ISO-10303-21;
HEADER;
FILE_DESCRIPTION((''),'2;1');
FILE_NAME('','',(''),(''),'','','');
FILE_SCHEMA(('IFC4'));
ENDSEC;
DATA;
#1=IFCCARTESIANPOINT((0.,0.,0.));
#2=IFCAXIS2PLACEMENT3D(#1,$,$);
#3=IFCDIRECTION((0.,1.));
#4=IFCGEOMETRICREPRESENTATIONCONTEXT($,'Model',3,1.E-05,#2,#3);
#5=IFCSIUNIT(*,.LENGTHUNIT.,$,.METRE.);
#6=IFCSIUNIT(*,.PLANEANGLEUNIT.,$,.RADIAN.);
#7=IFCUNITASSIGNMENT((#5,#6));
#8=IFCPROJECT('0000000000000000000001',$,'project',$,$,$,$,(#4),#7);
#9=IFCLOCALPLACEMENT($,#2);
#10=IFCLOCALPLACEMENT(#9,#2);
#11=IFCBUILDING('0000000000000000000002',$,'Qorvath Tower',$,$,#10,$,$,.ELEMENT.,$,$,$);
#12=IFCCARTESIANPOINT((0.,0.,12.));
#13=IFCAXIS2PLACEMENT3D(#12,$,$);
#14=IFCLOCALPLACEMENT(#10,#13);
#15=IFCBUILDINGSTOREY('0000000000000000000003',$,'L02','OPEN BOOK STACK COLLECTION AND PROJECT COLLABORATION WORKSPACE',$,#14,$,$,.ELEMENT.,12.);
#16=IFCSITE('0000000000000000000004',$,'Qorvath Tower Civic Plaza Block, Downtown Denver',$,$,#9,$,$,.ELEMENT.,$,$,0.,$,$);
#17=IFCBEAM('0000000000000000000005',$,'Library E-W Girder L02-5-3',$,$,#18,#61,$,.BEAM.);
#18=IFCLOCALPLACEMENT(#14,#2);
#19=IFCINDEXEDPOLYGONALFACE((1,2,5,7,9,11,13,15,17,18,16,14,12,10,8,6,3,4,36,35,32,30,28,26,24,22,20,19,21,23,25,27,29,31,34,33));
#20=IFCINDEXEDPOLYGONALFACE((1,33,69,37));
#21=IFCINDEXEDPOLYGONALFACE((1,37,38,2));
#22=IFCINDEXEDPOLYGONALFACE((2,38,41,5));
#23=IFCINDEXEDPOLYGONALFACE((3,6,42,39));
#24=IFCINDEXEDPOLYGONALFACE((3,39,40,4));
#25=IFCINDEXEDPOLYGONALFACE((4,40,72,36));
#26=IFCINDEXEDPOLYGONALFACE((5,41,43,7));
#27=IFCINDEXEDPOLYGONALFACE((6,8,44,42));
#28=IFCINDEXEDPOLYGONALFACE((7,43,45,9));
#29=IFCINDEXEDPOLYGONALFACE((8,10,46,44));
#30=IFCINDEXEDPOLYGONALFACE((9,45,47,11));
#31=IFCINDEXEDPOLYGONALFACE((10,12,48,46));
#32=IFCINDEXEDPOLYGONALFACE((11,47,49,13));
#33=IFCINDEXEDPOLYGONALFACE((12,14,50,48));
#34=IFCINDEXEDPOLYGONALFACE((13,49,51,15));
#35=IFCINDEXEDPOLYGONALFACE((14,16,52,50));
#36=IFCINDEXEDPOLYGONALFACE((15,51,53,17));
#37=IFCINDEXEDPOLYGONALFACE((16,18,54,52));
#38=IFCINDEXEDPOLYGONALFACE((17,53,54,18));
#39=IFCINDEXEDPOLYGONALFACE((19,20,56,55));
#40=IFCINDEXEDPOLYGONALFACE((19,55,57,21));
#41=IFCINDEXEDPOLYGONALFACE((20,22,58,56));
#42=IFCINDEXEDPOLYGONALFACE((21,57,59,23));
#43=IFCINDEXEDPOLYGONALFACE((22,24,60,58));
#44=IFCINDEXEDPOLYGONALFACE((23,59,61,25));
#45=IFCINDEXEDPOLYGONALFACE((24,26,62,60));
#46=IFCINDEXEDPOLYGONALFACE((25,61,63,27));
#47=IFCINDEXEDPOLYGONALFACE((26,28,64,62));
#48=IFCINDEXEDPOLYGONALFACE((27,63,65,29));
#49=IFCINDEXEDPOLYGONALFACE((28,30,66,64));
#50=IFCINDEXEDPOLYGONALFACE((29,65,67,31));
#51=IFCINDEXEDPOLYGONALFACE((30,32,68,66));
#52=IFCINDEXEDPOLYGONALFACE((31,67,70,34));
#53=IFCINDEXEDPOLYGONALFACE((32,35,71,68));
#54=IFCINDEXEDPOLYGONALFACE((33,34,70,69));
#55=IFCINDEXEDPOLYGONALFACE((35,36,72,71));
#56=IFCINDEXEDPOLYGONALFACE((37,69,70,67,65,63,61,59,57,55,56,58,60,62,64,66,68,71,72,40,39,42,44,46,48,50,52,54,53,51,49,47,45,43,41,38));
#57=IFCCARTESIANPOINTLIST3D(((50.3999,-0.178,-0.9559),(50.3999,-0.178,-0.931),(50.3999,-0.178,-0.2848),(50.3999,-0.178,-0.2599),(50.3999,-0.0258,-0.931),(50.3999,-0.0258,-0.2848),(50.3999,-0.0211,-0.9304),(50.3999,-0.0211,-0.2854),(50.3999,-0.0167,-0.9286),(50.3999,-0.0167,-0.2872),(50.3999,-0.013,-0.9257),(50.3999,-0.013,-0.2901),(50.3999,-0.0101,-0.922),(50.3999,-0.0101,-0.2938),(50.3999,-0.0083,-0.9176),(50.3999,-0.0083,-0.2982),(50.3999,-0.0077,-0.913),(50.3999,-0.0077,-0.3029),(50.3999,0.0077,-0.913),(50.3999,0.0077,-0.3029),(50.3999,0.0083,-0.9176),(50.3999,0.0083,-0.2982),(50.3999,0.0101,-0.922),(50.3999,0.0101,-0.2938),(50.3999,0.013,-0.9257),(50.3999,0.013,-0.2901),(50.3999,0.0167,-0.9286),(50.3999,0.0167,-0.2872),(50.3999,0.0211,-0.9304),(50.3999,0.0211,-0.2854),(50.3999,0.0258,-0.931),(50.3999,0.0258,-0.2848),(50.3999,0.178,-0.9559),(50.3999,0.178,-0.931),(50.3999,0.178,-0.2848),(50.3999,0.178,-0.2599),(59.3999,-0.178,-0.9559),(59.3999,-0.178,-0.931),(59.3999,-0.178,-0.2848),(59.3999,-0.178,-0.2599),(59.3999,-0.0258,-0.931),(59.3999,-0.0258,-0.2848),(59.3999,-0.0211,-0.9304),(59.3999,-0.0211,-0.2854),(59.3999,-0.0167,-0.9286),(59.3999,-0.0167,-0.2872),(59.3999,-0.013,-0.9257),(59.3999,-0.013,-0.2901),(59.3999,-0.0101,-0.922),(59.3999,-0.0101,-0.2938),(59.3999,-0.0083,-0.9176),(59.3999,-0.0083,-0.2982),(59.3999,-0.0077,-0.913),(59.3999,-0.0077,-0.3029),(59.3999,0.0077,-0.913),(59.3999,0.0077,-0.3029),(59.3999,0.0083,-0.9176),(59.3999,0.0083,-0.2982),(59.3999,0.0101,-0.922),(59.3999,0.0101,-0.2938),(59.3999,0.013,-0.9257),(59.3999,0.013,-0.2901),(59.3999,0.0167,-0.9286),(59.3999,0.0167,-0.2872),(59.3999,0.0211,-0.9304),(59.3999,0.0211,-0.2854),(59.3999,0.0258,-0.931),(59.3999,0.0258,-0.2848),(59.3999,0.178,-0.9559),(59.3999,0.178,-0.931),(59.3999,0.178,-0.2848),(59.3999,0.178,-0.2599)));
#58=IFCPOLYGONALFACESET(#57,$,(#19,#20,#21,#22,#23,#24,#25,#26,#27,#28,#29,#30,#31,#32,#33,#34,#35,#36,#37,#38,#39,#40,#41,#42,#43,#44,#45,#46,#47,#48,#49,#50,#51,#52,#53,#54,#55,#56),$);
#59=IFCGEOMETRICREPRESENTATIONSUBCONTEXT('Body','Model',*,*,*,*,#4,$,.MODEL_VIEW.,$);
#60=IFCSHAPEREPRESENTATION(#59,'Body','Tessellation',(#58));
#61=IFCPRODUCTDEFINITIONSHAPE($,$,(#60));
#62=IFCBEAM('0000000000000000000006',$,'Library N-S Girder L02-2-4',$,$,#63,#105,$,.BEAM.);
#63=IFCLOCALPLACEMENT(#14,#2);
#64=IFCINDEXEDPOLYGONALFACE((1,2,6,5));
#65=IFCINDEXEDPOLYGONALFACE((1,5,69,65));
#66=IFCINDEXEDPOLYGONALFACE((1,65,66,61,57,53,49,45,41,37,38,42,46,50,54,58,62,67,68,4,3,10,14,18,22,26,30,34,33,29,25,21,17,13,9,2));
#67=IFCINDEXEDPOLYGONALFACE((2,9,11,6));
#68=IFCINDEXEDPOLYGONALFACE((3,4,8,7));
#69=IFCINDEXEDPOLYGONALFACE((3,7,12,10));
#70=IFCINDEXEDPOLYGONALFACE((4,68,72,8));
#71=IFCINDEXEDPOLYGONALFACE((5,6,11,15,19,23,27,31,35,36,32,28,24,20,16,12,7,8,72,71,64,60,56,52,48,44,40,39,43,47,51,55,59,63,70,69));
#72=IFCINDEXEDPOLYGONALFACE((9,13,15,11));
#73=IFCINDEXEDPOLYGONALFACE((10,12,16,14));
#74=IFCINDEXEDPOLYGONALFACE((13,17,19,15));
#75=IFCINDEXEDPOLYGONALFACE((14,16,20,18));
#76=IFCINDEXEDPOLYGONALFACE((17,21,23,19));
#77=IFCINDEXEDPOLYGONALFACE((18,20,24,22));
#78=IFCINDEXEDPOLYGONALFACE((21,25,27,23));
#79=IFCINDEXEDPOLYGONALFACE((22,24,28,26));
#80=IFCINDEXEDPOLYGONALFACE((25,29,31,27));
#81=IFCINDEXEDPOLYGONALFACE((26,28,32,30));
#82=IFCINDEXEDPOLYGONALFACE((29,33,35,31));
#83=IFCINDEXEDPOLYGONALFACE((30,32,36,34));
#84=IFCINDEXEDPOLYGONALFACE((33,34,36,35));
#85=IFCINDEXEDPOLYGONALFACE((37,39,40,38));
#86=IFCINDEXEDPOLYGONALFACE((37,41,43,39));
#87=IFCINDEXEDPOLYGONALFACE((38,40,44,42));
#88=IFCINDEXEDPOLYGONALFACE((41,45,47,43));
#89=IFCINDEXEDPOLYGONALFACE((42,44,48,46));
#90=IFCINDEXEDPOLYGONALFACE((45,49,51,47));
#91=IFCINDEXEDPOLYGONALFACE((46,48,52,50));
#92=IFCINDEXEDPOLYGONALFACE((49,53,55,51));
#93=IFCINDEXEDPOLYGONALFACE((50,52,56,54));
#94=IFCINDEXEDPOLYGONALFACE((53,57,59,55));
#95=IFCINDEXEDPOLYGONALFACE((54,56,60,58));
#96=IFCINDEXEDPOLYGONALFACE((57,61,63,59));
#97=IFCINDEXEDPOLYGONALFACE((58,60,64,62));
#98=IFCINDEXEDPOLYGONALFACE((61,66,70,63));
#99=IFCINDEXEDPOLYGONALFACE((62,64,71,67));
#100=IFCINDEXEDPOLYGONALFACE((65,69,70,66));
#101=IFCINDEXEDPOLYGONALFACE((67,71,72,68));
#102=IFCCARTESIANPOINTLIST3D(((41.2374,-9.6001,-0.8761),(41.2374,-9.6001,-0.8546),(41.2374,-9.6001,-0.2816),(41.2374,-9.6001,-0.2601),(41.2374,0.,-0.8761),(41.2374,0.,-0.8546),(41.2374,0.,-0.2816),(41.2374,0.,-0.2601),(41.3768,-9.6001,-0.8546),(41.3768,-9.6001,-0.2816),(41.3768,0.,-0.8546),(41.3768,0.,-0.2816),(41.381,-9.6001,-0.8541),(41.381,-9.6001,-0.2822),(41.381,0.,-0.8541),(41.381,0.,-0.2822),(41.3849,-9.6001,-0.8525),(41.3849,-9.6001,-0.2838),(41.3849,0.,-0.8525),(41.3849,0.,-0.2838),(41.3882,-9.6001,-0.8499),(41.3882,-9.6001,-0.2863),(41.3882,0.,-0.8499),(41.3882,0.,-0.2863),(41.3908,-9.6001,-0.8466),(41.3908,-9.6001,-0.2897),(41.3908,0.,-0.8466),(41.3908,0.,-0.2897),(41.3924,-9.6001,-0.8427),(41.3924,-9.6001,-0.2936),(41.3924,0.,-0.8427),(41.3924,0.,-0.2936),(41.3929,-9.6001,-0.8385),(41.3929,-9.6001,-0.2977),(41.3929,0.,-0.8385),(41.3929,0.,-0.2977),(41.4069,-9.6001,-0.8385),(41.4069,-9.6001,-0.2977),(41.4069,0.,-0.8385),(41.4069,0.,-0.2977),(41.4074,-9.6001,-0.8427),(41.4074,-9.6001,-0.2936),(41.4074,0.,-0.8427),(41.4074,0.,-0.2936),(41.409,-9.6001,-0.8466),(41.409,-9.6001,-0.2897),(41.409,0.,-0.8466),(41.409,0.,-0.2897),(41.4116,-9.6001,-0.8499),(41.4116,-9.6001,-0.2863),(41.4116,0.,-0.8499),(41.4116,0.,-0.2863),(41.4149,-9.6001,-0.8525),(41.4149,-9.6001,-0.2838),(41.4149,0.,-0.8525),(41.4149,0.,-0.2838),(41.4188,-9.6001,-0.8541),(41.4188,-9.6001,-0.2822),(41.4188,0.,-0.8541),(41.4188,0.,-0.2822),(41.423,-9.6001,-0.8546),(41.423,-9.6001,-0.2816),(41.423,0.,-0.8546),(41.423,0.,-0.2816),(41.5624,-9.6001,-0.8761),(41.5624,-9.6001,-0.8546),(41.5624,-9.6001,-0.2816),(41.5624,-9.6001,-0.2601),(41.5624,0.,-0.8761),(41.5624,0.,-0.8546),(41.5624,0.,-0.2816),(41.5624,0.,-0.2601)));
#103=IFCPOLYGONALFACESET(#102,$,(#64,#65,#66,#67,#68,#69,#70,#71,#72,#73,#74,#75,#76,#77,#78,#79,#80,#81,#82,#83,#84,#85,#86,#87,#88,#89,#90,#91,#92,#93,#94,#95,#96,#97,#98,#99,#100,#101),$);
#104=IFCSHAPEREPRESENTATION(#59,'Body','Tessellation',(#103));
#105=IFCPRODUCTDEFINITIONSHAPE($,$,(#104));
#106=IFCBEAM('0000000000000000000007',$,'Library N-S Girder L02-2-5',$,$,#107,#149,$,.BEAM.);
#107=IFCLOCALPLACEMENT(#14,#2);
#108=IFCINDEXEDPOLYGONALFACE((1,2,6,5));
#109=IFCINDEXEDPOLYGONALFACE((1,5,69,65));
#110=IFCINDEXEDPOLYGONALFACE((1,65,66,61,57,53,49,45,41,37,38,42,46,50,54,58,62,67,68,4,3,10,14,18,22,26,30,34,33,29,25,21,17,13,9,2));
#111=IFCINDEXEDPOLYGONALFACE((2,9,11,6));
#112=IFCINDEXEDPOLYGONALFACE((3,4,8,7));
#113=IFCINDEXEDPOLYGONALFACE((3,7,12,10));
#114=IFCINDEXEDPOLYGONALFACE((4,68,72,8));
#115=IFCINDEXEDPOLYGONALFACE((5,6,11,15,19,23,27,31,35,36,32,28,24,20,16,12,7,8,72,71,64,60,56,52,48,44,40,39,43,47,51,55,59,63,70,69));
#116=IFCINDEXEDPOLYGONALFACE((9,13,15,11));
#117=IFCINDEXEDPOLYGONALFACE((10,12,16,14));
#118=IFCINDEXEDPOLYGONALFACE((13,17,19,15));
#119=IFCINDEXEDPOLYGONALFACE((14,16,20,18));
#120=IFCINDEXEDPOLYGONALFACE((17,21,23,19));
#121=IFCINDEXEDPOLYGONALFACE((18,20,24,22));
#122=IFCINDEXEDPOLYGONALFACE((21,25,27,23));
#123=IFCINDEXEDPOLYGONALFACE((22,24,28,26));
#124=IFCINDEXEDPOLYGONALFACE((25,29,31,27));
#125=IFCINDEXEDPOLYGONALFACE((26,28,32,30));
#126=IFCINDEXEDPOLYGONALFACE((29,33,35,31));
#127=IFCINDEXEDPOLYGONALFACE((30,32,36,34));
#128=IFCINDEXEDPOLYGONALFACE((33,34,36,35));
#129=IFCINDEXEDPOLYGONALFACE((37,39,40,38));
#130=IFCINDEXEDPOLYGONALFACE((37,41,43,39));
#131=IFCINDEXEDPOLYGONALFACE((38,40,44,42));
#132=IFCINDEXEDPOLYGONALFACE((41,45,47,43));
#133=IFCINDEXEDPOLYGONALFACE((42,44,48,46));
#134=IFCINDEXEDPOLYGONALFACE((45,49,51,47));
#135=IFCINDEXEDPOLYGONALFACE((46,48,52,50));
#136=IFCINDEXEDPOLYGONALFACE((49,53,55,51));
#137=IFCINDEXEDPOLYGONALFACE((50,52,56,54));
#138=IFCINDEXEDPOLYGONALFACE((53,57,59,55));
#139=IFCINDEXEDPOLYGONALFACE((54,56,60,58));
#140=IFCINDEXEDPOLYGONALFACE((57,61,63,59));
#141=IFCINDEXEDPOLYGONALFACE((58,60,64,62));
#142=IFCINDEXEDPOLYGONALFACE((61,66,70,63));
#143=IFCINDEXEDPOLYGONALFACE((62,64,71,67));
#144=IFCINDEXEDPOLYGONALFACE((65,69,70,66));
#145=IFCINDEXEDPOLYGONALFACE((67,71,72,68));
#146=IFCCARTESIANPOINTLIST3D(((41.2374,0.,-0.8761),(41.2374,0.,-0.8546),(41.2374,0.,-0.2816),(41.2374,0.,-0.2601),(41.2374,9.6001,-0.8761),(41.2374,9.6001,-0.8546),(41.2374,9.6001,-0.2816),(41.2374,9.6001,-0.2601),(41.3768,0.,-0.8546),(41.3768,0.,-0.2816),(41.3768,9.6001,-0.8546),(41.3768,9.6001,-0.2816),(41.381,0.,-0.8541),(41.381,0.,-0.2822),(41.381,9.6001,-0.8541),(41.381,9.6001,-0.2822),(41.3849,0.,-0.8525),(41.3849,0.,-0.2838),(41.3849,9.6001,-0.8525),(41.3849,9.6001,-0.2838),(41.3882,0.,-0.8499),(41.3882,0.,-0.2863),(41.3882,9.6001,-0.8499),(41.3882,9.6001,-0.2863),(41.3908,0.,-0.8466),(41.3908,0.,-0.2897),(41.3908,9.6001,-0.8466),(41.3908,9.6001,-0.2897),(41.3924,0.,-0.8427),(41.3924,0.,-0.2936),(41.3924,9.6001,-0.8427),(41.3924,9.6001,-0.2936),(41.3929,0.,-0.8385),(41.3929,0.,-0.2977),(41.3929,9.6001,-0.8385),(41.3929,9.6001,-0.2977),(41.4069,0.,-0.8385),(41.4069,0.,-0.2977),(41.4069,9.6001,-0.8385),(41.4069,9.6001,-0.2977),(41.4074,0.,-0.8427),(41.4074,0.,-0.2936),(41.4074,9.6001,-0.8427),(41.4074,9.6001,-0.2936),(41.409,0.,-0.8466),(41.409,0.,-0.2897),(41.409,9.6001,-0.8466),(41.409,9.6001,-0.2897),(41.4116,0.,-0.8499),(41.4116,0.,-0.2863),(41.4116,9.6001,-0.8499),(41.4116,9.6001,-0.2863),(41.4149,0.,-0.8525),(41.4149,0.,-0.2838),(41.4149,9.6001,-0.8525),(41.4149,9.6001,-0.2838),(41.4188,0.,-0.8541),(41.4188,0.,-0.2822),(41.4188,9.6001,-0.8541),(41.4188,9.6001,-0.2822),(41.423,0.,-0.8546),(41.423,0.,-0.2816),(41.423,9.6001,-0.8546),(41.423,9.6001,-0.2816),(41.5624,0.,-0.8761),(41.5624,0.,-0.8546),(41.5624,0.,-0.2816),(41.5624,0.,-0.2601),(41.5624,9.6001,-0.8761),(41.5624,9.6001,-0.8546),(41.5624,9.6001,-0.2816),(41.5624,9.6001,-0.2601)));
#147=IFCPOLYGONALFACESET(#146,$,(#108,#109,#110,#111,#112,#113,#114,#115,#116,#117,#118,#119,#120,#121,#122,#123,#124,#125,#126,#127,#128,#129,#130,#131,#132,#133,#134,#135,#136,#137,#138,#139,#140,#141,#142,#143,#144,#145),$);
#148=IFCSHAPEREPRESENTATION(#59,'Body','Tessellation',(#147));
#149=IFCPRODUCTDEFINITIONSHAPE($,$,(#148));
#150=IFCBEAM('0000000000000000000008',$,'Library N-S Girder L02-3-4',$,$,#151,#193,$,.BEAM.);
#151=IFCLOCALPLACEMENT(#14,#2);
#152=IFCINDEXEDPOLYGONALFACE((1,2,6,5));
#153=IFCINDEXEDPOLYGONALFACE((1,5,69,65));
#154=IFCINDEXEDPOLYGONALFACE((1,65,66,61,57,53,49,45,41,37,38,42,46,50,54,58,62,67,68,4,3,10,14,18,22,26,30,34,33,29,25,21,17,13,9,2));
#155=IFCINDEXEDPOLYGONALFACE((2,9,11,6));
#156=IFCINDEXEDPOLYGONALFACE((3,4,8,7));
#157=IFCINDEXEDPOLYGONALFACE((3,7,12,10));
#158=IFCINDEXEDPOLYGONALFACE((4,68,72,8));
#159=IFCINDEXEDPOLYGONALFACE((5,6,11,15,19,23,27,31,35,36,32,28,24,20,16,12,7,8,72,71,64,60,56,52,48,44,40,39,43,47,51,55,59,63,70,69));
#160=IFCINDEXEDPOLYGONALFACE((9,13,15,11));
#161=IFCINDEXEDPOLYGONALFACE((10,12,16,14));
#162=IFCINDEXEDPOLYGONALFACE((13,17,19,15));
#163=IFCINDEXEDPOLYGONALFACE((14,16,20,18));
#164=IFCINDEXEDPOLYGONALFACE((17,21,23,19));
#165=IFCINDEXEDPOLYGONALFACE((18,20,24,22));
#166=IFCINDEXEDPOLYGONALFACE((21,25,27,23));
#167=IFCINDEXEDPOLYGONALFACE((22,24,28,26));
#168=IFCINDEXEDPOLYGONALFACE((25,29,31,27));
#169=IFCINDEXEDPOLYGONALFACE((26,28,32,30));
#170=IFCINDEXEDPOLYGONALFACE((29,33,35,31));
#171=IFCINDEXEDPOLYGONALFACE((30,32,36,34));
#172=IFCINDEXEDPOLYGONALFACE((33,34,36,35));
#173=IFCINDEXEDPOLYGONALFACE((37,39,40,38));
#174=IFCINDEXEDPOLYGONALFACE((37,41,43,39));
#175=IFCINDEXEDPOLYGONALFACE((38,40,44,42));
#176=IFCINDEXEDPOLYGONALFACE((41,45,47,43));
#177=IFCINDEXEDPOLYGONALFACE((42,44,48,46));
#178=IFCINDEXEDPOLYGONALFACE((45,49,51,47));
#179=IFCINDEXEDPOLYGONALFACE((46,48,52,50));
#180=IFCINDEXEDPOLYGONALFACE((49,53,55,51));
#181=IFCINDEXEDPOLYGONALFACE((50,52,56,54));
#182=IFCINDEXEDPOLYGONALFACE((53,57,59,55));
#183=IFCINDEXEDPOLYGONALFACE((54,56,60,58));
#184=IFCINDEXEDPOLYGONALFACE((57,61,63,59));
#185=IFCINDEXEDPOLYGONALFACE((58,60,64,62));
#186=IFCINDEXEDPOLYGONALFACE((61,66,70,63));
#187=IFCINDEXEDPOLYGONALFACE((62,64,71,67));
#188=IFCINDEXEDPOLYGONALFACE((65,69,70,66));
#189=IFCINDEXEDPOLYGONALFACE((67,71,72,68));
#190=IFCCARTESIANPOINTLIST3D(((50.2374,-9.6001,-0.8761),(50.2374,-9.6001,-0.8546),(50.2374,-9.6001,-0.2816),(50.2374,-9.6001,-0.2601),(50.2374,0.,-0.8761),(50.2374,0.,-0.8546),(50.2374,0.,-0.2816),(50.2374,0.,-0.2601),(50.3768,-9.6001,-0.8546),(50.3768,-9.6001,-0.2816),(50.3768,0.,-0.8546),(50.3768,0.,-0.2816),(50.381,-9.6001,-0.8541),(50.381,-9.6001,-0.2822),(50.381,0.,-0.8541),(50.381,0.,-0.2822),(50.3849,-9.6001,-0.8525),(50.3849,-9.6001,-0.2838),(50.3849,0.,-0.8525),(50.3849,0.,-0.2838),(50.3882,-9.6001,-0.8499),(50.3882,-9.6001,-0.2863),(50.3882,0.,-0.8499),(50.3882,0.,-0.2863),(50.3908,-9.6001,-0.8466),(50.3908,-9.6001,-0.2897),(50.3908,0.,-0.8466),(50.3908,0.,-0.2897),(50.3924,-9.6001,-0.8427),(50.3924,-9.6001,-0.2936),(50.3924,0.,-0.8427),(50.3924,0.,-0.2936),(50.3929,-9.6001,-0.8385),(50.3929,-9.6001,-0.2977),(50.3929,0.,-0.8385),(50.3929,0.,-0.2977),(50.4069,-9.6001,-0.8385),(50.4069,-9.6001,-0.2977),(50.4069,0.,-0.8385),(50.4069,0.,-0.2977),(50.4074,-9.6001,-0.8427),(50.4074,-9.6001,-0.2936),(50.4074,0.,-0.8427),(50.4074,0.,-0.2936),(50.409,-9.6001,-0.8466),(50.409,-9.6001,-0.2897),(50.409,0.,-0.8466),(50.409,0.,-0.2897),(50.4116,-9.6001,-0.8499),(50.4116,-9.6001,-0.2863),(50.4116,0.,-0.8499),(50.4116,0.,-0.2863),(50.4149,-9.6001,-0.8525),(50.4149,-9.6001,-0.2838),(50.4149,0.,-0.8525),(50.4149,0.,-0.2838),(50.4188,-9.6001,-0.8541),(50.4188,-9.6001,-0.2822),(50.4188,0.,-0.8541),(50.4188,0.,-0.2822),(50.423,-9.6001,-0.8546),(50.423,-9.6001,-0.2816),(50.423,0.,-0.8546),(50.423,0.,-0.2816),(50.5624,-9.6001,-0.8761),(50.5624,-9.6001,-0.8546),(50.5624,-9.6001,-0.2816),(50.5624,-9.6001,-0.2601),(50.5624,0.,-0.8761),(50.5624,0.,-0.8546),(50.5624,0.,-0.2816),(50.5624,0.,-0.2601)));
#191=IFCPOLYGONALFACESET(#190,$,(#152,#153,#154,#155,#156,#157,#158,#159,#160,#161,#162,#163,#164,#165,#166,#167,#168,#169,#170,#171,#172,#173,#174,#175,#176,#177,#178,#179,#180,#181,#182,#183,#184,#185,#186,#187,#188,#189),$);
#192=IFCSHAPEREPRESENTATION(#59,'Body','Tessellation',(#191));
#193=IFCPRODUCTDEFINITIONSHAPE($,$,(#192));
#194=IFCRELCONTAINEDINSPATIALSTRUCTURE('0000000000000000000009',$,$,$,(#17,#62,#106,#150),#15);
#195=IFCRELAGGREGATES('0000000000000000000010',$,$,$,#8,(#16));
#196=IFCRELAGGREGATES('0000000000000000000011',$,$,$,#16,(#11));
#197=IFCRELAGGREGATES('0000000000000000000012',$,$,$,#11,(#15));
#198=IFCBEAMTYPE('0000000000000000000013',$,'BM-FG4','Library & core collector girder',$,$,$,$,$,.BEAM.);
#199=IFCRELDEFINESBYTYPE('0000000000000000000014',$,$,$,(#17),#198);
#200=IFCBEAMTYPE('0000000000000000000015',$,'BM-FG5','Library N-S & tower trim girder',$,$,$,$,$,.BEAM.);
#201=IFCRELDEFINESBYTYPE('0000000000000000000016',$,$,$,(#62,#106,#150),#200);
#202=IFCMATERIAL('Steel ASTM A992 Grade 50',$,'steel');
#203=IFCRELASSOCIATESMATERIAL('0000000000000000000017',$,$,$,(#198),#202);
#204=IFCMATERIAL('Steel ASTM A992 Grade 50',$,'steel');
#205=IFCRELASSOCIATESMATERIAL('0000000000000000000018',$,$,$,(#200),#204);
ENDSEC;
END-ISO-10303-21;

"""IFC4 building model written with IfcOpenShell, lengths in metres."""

from ifc_helpers import new_model, si_unit, direction, frame, origin, origin_2d, place, context, subcontext, project, spatial, i_section, extrude, material, material_profile, profile_set, type_object, element, save


model = new_model("IFC4")

# Units and contexts
model_context = context("Model", 3, precision=1e-05, world=origin(), true_north=direction((0.0, 1.0)))
body_context = subcontext(model_context, "Body", "Model", "MODEL_VIEW")
ifc_project = project(units=[si_unit("LENGTHUNIT", "METRE"), si_unit("PLANEANGLEUNIT", "RADIAN")], contexts=[model_context])

# Site, building, storey
site_placement = place(None, origin())
site = spatial("IfcSite", under=ifc_project, at=site_placement, Name="Qorvath Tower Civic Plaza Block, Downtown Denver", CompositionType="ELEMENT", RefElevation=0.0)
building_placement = place(site_placement, origin())
building = spatial("IfcBuilding", under=site, at=building_placement, Name="Qorvath Tower", CompositionType="ELEMENT")
storey_placement = place(building_placement, frame((0.0, 0.0, 12.0)))
storey = spatial("IfcBuildingStorey", under=building, at=storey_placement, Name="L02", Description="OPEN BOOK STACK COLLECTION AND PROJECT COLLABORATION WORKSPACE", CompositionType="ELEMENT", Elevation=12.0)

# Beams
ifc_material_1 = material(Name="Steel ASTM A992 Grade 50", Category="steel")
ifc_material_profile_1 = material_profile(ifc_material_1, i_section(OverallWidth=0.356, OverallDepth=0.696, WebThickness=0.0154, FlangeThickness=0.0249, FilletRadius=0.0181, at=origin_2d()), Name="W27x146")
ifc_profile_set_1 = profile_set([ifc_material_profile_1], Name="Steel ASTM A992 Grade 50")
beam_type_1 = type_object("IfcBeamType", Name="BM-FG4", Description="Library & core collector girder", PredefinedType="BEAM", material=ifc_profile_set_1)
for number, where, z_axis, x_axis, name in (
    (1, (50.3999, 0.0, -0.6079), (1.0, 0.0, 0.0), (0.0, 1.0, 0.0), "Library E-W Girder L02-5-3"),
):
    element("IfcBeam", number, at=place(storey_placement, frame(where, z_axis=z_axis, x_axis=x_axis)), inside=storey, type_object=beam_type_1, Name=name, PredefinedType="BEAM", context=body_context, shape_type="SweptSolid", body=[
        extrude(i_section(OverallWidth=0.356, OverallDepth=0.696, WebThickness=0.0154, FlangeThickness=0.0249, FilletRadius=0.0181, at=origin_2d()), origin(), (0.0, 0.0, 1.0), 9.0),
    ])
ifc_material_2 = material(Name="Steel ASTM A992 Grade 50", Category="steel")
ifc_material_profile_2 = material_profile(ifc_material_2, i_section(OverallWidth=0.325, OverallDepth=0.616, WebThickness=0.0139, FlangeThickness=0.0215, FilletRadius=0.0161, at=origin_2d()), Name="W24x117")
ifc_profile_set_2 = profile_set([ifc_material_profile_2], Name="Steel ASTM A992 Grade 50")
beam_type_2 = type_object("IfcBeamType", Name="BM-FG5", Description="Library N-S & tower trim girder", PredefinedType="BEAM", material=ifc_profile_set_2)
for number, where, z_axis, x_axis, name in (
    (2, (41.3999, -9.6001, -0.5681), (0.0, 1.0, 0.0), (-1.0, 0.0, 0.0), "Library N-S Girder L02-2-4"),
    (3, (41.3999, 0.0, -0.5681), (0.0, 1.0, 0.0), (-1.0, 0.0, 0.0), "Library N-S Girder L02-2-5"),
    (4, (50.3999, -9.6001, -0.5681), (0.0, 1.0, 0.0), (-1.0, 0.0, 0.0), "Library N-S Girder L02-3-4"),
):
    element("IfcBeam", number, at=place(storey_placement, frame(where, z_axis=z_axis, x_axis=x_axis)), inside=storey, type_object=beam_type_2, Name=name, PredefinedType="BEAM", context=body_context, shape_type="SweptSolid", body=[
        extrude(i_section(OverallWidth=0.325, OverallDepth=0.616, WebThickness=0.0139, FlangeThickness=0.0215, FilletRadius=0.0161, at=origin_2d()), origin(), (0.0, 0.0, 1.0), 9.6001),
    ])

save(model, "model.ifc")
